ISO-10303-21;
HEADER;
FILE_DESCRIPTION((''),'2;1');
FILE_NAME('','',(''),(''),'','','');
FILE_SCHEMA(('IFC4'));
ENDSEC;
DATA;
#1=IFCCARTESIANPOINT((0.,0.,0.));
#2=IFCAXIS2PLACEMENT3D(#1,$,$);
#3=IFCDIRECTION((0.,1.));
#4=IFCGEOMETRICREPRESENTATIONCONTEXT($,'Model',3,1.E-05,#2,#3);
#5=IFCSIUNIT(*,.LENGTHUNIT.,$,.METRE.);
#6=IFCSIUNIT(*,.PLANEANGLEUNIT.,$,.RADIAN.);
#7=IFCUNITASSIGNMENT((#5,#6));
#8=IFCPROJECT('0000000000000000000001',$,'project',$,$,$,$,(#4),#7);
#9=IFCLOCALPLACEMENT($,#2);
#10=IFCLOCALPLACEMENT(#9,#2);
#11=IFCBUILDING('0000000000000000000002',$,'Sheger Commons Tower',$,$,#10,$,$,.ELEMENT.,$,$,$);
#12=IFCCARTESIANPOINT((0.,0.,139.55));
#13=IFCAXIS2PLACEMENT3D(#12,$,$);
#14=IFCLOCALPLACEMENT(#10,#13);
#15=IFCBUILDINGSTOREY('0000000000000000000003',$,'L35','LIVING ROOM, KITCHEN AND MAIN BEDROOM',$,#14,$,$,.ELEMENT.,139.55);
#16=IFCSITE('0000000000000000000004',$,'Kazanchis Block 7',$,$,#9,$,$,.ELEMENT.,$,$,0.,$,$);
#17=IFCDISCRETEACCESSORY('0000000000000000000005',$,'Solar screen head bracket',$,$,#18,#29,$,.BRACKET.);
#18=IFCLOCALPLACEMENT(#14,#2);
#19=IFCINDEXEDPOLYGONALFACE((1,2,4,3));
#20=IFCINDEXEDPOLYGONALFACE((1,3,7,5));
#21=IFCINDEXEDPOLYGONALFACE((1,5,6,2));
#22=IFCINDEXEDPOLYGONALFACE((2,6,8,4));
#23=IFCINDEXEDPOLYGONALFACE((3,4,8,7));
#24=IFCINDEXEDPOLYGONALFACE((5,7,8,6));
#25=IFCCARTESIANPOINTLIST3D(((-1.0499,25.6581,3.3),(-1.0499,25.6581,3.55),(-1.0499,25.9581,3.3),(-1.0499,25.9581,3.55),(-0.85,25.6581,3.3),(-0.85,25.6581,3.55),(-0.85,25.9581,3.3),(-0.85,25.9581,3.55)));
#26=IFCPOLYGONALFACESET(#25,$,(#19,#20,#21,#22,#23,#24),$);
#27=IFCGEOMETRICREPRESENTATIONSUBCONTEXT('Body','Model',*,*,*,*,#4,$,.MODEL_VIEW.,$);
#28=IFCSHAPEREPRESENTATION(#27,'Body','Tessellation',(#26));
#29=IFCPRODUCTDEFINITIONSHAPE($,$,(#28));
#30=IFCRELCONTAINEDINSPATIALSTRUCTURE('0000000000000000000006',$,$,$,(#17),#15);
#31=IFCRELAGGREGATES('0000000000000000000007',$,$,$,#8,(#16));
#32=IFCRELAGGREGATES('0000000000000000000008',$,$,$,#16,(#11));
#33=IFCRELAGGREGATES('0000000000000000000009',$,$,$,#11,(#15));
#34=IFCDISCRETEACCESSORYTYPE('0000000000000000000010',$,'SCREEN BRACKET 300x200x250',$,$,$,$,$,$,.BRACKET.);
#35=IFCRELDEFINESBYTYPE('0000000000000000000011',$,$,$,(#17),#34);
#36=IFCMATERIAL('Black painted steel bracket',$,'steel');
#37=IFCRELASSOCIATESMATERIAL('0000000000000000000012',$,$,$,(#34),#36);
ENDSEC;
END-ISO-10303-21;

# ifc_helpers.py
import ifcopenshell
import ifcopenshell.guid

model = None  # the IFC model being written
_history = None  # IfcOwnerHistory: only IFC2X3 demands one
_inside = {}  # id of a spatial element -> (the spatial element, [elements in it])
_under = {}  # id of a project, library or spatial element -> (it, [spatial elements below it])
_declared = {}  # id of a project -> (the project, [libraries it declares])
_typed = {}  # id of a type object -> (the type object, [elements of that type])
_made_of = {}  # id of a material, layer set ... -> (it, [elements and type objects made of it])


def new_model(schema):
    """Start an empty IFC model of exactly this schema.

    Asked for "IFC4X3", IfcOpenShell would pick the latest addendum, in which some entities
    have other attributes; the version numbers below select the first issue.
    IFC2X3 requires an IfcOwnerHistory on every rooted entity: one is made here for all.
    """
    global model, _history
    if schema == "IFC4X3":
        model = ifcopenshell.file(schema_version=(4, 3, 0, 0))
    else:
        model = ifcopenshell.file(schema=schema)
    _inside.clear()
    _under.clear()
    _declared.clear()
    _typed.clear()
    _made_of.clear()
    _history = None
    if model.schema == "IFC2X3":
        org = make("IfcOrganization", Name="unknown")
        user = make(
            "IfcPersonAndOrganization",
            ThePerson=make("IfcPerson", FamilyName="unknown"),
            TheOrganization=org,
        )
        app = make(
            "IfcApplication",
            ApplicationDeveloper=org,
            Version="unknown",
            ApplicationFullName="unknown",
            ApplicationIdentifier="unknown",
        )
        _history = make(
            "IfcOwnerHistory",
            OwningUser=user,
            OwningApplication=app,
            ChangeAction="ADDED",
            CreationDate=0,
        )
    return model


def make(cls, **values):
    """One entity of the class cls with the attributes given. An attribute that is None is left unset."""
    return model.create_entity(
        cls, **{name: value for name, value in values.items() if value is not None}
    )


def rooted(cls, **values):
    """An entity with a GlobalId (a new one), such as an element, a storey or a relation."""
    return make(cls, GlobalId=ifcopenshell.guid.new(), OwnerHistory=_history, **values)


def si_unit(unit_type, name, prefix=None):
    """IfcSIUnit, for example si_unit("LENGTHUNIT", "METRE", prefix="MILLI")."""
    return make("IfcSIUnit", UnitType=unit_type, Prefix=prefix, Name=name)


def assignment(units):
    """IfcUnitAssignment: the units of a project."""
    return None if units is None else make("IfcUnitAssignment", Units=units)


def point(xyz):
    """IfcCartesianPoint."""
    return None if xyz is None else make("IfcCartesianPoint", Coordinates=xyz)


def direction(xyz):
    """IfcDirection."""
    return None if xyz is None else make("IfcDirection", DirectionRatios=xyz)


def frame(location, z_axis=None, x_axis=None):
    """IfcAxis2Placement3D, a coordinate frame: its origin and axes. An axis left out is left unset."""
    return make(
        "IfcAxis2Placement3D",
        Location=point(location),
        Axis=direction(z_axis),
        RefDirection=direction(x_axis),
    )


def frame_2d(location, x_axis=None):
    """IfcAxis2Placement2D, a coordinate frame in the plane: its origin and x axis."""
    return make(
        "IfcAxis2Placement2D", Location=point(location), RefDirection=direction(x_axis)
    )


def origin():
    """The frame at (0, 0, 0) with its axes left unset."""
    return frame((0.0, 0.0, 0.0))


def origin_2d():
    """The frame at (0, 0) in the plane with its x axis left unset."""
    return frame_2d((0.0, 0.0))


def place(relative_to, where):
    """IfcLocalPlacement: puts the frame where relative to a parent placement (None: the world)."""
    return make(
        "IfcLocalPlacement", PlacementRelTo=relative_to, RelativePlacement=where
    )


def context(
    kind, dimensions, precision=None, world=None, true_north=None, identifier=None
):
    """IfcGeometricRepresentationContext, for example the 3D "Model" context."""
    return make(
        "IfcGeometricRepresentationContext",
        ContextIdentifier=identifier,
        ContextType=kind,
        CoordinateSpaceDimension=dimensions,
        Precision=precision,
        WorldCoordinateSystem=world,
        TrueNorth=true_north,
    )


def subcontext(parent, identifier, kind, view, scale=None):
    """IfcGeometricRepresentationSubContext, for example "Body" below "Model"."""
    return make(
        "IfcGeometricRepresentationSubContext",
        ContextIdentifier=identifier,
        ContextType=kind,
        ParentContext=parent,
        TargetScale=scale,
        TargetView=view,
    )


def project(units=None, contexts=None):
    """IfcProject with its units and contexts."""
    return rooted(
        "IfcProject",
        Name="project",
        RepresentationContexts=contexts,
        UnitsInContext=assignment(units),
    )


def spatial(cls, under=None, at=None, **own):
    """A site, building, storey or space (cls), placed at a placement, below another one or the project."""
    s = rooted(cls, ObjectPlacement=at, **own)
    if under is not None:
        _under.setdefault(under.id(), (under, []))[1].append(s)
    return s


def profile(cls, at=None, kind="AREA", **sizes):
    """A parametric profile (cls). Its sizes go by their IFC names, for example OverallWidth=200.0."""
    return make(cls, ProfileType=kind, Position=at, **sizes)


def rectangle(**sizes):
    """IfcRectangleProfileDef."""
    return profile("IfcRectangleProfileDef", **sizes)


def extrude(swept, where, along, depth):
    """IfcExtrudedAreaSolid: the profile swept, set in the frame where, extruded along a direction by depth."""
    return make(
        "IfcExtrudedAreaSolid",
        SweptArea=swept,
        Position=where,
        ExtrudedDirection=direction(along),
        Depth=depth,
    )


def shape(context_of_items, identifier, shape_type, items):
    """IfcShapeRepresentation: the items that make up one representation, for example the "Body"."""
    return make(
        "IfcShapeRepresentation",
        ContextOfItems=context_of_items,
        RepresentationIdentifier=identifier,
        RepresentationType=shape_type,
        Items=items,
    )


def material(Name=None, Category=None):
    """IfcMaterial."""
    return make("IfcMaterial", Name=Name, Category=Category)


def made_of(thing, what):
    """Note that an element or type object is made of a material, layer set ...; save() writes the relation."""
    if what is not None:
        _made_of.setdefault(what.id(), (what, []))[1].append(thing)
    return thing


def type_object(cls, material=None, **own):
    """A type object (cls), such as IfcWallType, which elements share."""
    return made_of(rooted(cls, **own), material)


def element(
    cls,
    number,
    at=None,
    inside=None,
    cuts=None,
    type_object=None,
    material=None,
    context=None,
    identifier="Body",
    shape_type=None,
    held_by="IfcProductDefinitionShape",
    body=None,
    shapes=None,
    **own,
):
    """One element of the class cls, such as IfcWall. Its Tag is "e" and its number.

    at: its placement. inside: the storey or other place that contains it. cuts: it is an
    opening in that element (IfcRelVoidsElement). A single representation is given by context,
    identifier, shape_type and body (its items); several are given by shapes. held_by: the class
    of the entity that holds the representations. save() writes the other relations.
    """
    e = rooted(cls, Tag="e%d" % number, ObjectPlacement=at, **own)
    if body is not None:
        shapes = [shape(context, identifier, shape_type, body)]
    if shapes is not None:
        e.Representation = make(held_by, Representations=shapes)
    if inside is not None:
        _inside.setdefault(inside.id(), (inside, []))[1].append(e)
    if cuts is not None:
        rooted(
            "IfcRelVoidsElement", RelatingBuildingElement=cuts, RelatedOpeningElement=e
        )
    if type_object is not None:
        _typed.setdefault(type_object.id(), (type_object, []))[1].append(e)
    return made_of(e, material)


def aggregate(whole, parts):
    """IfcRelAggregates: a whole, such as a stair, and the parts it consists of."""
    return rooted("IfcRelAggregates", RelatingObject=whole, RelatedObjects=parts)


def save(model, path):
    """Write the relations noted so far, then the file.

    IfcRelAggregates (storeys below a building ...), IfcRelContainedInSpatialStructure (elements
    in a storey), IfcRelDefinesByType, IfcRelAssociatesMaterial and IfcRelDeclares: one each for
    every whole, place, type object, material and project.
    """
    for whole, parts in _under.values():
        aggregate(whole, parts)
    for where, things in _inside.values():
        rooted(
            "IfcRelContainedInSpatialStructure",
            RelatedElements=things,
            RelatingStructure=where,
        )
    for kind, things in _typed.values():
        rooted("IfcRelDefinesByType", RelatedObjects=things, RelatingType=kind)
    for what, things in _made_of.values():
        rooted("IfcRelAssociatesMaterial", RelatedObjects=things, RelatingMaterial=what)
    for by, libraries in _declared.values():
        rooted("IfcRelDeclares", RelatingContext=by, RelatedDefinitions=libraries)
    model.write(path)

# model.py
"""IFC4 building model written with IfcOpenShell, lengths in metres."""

from ifc_helpers import new_model, si_unit, direction, frame, origin, origin_2d, place, context, subcontext, project, spatial, rectangle, extrude, material, type_object, element, save


model = new_model("IFC4")

# Units and contexts
model_context = context("Model", 3, precision=1e-05, world=origin(), true_north=direction((0.0, 1.0)))
body_context = subcontext(model_context, "Body", "Model", "MODEL_VIEW")
ifc_project = project(units=[si_unit("LENGTHUNIT", "METRE"), si_unit("PLANEANGLEUNIT", "RADIAN")], contexts=[model_context])

# Site, building, storey
site_placement = place(None, origin())
site = spatial("IfcSite", under=ifc_project, at=site_placement, Name="Kazanchis Block 7", CompositionType="ELEMENT", RefElevation=0.0)
building_placement = place(site_placement, origin())
building = spatial("IfcBuilding", under=site, at=building_placement, Name="Sheger Commons Tower", CompositionType="ELEMENT")
storey_placement = place(building_placement, frame((0.0, 0.0, 139.55)))
storey = spatial("IfcBuildingStorey", under=building, at=storey_placement, Name="L35", Description="LIVING ROOM, KITCHEN AND MAIN BEDROOM", CompositionType="ELEMENT", Elevation=139.55)

# Discrete accessory
ifc_material_1 = material(Name="Black painted steel bracket", Category="steel")
discrete_accessory_type = type_object("IfcDiscreteAccessoryType", Name="SCREEN BRACKET 300x200x250", PredefinedType="BRACKET", material=ifc_material_1)
for number, where, z_axis, x_axis, name in (
    (1, (-0.95, 25.8081, 3.3), (0.0, 0.0, 1.0), (0.0, -1.0, 0.0), "Solar screen head bracket"),
):
    element("IfcDiscreteAccessory", number, at=place(storey_placement, frame(where, z_axis=z_axis, x_axis=x_axis)), inside=storey, type_object=discrete_accessory_type, Name=name, PredefinedType="BRACKET", context=body_context, shape_type="SweptSolid", body=[
        extrude(rectangle(XDim=0.3, YDim=0.2, at=origin_2d()), origin(), (0.0, 0.0, 1.0), 0.25),
    ])

save(model, "model.ifc")
